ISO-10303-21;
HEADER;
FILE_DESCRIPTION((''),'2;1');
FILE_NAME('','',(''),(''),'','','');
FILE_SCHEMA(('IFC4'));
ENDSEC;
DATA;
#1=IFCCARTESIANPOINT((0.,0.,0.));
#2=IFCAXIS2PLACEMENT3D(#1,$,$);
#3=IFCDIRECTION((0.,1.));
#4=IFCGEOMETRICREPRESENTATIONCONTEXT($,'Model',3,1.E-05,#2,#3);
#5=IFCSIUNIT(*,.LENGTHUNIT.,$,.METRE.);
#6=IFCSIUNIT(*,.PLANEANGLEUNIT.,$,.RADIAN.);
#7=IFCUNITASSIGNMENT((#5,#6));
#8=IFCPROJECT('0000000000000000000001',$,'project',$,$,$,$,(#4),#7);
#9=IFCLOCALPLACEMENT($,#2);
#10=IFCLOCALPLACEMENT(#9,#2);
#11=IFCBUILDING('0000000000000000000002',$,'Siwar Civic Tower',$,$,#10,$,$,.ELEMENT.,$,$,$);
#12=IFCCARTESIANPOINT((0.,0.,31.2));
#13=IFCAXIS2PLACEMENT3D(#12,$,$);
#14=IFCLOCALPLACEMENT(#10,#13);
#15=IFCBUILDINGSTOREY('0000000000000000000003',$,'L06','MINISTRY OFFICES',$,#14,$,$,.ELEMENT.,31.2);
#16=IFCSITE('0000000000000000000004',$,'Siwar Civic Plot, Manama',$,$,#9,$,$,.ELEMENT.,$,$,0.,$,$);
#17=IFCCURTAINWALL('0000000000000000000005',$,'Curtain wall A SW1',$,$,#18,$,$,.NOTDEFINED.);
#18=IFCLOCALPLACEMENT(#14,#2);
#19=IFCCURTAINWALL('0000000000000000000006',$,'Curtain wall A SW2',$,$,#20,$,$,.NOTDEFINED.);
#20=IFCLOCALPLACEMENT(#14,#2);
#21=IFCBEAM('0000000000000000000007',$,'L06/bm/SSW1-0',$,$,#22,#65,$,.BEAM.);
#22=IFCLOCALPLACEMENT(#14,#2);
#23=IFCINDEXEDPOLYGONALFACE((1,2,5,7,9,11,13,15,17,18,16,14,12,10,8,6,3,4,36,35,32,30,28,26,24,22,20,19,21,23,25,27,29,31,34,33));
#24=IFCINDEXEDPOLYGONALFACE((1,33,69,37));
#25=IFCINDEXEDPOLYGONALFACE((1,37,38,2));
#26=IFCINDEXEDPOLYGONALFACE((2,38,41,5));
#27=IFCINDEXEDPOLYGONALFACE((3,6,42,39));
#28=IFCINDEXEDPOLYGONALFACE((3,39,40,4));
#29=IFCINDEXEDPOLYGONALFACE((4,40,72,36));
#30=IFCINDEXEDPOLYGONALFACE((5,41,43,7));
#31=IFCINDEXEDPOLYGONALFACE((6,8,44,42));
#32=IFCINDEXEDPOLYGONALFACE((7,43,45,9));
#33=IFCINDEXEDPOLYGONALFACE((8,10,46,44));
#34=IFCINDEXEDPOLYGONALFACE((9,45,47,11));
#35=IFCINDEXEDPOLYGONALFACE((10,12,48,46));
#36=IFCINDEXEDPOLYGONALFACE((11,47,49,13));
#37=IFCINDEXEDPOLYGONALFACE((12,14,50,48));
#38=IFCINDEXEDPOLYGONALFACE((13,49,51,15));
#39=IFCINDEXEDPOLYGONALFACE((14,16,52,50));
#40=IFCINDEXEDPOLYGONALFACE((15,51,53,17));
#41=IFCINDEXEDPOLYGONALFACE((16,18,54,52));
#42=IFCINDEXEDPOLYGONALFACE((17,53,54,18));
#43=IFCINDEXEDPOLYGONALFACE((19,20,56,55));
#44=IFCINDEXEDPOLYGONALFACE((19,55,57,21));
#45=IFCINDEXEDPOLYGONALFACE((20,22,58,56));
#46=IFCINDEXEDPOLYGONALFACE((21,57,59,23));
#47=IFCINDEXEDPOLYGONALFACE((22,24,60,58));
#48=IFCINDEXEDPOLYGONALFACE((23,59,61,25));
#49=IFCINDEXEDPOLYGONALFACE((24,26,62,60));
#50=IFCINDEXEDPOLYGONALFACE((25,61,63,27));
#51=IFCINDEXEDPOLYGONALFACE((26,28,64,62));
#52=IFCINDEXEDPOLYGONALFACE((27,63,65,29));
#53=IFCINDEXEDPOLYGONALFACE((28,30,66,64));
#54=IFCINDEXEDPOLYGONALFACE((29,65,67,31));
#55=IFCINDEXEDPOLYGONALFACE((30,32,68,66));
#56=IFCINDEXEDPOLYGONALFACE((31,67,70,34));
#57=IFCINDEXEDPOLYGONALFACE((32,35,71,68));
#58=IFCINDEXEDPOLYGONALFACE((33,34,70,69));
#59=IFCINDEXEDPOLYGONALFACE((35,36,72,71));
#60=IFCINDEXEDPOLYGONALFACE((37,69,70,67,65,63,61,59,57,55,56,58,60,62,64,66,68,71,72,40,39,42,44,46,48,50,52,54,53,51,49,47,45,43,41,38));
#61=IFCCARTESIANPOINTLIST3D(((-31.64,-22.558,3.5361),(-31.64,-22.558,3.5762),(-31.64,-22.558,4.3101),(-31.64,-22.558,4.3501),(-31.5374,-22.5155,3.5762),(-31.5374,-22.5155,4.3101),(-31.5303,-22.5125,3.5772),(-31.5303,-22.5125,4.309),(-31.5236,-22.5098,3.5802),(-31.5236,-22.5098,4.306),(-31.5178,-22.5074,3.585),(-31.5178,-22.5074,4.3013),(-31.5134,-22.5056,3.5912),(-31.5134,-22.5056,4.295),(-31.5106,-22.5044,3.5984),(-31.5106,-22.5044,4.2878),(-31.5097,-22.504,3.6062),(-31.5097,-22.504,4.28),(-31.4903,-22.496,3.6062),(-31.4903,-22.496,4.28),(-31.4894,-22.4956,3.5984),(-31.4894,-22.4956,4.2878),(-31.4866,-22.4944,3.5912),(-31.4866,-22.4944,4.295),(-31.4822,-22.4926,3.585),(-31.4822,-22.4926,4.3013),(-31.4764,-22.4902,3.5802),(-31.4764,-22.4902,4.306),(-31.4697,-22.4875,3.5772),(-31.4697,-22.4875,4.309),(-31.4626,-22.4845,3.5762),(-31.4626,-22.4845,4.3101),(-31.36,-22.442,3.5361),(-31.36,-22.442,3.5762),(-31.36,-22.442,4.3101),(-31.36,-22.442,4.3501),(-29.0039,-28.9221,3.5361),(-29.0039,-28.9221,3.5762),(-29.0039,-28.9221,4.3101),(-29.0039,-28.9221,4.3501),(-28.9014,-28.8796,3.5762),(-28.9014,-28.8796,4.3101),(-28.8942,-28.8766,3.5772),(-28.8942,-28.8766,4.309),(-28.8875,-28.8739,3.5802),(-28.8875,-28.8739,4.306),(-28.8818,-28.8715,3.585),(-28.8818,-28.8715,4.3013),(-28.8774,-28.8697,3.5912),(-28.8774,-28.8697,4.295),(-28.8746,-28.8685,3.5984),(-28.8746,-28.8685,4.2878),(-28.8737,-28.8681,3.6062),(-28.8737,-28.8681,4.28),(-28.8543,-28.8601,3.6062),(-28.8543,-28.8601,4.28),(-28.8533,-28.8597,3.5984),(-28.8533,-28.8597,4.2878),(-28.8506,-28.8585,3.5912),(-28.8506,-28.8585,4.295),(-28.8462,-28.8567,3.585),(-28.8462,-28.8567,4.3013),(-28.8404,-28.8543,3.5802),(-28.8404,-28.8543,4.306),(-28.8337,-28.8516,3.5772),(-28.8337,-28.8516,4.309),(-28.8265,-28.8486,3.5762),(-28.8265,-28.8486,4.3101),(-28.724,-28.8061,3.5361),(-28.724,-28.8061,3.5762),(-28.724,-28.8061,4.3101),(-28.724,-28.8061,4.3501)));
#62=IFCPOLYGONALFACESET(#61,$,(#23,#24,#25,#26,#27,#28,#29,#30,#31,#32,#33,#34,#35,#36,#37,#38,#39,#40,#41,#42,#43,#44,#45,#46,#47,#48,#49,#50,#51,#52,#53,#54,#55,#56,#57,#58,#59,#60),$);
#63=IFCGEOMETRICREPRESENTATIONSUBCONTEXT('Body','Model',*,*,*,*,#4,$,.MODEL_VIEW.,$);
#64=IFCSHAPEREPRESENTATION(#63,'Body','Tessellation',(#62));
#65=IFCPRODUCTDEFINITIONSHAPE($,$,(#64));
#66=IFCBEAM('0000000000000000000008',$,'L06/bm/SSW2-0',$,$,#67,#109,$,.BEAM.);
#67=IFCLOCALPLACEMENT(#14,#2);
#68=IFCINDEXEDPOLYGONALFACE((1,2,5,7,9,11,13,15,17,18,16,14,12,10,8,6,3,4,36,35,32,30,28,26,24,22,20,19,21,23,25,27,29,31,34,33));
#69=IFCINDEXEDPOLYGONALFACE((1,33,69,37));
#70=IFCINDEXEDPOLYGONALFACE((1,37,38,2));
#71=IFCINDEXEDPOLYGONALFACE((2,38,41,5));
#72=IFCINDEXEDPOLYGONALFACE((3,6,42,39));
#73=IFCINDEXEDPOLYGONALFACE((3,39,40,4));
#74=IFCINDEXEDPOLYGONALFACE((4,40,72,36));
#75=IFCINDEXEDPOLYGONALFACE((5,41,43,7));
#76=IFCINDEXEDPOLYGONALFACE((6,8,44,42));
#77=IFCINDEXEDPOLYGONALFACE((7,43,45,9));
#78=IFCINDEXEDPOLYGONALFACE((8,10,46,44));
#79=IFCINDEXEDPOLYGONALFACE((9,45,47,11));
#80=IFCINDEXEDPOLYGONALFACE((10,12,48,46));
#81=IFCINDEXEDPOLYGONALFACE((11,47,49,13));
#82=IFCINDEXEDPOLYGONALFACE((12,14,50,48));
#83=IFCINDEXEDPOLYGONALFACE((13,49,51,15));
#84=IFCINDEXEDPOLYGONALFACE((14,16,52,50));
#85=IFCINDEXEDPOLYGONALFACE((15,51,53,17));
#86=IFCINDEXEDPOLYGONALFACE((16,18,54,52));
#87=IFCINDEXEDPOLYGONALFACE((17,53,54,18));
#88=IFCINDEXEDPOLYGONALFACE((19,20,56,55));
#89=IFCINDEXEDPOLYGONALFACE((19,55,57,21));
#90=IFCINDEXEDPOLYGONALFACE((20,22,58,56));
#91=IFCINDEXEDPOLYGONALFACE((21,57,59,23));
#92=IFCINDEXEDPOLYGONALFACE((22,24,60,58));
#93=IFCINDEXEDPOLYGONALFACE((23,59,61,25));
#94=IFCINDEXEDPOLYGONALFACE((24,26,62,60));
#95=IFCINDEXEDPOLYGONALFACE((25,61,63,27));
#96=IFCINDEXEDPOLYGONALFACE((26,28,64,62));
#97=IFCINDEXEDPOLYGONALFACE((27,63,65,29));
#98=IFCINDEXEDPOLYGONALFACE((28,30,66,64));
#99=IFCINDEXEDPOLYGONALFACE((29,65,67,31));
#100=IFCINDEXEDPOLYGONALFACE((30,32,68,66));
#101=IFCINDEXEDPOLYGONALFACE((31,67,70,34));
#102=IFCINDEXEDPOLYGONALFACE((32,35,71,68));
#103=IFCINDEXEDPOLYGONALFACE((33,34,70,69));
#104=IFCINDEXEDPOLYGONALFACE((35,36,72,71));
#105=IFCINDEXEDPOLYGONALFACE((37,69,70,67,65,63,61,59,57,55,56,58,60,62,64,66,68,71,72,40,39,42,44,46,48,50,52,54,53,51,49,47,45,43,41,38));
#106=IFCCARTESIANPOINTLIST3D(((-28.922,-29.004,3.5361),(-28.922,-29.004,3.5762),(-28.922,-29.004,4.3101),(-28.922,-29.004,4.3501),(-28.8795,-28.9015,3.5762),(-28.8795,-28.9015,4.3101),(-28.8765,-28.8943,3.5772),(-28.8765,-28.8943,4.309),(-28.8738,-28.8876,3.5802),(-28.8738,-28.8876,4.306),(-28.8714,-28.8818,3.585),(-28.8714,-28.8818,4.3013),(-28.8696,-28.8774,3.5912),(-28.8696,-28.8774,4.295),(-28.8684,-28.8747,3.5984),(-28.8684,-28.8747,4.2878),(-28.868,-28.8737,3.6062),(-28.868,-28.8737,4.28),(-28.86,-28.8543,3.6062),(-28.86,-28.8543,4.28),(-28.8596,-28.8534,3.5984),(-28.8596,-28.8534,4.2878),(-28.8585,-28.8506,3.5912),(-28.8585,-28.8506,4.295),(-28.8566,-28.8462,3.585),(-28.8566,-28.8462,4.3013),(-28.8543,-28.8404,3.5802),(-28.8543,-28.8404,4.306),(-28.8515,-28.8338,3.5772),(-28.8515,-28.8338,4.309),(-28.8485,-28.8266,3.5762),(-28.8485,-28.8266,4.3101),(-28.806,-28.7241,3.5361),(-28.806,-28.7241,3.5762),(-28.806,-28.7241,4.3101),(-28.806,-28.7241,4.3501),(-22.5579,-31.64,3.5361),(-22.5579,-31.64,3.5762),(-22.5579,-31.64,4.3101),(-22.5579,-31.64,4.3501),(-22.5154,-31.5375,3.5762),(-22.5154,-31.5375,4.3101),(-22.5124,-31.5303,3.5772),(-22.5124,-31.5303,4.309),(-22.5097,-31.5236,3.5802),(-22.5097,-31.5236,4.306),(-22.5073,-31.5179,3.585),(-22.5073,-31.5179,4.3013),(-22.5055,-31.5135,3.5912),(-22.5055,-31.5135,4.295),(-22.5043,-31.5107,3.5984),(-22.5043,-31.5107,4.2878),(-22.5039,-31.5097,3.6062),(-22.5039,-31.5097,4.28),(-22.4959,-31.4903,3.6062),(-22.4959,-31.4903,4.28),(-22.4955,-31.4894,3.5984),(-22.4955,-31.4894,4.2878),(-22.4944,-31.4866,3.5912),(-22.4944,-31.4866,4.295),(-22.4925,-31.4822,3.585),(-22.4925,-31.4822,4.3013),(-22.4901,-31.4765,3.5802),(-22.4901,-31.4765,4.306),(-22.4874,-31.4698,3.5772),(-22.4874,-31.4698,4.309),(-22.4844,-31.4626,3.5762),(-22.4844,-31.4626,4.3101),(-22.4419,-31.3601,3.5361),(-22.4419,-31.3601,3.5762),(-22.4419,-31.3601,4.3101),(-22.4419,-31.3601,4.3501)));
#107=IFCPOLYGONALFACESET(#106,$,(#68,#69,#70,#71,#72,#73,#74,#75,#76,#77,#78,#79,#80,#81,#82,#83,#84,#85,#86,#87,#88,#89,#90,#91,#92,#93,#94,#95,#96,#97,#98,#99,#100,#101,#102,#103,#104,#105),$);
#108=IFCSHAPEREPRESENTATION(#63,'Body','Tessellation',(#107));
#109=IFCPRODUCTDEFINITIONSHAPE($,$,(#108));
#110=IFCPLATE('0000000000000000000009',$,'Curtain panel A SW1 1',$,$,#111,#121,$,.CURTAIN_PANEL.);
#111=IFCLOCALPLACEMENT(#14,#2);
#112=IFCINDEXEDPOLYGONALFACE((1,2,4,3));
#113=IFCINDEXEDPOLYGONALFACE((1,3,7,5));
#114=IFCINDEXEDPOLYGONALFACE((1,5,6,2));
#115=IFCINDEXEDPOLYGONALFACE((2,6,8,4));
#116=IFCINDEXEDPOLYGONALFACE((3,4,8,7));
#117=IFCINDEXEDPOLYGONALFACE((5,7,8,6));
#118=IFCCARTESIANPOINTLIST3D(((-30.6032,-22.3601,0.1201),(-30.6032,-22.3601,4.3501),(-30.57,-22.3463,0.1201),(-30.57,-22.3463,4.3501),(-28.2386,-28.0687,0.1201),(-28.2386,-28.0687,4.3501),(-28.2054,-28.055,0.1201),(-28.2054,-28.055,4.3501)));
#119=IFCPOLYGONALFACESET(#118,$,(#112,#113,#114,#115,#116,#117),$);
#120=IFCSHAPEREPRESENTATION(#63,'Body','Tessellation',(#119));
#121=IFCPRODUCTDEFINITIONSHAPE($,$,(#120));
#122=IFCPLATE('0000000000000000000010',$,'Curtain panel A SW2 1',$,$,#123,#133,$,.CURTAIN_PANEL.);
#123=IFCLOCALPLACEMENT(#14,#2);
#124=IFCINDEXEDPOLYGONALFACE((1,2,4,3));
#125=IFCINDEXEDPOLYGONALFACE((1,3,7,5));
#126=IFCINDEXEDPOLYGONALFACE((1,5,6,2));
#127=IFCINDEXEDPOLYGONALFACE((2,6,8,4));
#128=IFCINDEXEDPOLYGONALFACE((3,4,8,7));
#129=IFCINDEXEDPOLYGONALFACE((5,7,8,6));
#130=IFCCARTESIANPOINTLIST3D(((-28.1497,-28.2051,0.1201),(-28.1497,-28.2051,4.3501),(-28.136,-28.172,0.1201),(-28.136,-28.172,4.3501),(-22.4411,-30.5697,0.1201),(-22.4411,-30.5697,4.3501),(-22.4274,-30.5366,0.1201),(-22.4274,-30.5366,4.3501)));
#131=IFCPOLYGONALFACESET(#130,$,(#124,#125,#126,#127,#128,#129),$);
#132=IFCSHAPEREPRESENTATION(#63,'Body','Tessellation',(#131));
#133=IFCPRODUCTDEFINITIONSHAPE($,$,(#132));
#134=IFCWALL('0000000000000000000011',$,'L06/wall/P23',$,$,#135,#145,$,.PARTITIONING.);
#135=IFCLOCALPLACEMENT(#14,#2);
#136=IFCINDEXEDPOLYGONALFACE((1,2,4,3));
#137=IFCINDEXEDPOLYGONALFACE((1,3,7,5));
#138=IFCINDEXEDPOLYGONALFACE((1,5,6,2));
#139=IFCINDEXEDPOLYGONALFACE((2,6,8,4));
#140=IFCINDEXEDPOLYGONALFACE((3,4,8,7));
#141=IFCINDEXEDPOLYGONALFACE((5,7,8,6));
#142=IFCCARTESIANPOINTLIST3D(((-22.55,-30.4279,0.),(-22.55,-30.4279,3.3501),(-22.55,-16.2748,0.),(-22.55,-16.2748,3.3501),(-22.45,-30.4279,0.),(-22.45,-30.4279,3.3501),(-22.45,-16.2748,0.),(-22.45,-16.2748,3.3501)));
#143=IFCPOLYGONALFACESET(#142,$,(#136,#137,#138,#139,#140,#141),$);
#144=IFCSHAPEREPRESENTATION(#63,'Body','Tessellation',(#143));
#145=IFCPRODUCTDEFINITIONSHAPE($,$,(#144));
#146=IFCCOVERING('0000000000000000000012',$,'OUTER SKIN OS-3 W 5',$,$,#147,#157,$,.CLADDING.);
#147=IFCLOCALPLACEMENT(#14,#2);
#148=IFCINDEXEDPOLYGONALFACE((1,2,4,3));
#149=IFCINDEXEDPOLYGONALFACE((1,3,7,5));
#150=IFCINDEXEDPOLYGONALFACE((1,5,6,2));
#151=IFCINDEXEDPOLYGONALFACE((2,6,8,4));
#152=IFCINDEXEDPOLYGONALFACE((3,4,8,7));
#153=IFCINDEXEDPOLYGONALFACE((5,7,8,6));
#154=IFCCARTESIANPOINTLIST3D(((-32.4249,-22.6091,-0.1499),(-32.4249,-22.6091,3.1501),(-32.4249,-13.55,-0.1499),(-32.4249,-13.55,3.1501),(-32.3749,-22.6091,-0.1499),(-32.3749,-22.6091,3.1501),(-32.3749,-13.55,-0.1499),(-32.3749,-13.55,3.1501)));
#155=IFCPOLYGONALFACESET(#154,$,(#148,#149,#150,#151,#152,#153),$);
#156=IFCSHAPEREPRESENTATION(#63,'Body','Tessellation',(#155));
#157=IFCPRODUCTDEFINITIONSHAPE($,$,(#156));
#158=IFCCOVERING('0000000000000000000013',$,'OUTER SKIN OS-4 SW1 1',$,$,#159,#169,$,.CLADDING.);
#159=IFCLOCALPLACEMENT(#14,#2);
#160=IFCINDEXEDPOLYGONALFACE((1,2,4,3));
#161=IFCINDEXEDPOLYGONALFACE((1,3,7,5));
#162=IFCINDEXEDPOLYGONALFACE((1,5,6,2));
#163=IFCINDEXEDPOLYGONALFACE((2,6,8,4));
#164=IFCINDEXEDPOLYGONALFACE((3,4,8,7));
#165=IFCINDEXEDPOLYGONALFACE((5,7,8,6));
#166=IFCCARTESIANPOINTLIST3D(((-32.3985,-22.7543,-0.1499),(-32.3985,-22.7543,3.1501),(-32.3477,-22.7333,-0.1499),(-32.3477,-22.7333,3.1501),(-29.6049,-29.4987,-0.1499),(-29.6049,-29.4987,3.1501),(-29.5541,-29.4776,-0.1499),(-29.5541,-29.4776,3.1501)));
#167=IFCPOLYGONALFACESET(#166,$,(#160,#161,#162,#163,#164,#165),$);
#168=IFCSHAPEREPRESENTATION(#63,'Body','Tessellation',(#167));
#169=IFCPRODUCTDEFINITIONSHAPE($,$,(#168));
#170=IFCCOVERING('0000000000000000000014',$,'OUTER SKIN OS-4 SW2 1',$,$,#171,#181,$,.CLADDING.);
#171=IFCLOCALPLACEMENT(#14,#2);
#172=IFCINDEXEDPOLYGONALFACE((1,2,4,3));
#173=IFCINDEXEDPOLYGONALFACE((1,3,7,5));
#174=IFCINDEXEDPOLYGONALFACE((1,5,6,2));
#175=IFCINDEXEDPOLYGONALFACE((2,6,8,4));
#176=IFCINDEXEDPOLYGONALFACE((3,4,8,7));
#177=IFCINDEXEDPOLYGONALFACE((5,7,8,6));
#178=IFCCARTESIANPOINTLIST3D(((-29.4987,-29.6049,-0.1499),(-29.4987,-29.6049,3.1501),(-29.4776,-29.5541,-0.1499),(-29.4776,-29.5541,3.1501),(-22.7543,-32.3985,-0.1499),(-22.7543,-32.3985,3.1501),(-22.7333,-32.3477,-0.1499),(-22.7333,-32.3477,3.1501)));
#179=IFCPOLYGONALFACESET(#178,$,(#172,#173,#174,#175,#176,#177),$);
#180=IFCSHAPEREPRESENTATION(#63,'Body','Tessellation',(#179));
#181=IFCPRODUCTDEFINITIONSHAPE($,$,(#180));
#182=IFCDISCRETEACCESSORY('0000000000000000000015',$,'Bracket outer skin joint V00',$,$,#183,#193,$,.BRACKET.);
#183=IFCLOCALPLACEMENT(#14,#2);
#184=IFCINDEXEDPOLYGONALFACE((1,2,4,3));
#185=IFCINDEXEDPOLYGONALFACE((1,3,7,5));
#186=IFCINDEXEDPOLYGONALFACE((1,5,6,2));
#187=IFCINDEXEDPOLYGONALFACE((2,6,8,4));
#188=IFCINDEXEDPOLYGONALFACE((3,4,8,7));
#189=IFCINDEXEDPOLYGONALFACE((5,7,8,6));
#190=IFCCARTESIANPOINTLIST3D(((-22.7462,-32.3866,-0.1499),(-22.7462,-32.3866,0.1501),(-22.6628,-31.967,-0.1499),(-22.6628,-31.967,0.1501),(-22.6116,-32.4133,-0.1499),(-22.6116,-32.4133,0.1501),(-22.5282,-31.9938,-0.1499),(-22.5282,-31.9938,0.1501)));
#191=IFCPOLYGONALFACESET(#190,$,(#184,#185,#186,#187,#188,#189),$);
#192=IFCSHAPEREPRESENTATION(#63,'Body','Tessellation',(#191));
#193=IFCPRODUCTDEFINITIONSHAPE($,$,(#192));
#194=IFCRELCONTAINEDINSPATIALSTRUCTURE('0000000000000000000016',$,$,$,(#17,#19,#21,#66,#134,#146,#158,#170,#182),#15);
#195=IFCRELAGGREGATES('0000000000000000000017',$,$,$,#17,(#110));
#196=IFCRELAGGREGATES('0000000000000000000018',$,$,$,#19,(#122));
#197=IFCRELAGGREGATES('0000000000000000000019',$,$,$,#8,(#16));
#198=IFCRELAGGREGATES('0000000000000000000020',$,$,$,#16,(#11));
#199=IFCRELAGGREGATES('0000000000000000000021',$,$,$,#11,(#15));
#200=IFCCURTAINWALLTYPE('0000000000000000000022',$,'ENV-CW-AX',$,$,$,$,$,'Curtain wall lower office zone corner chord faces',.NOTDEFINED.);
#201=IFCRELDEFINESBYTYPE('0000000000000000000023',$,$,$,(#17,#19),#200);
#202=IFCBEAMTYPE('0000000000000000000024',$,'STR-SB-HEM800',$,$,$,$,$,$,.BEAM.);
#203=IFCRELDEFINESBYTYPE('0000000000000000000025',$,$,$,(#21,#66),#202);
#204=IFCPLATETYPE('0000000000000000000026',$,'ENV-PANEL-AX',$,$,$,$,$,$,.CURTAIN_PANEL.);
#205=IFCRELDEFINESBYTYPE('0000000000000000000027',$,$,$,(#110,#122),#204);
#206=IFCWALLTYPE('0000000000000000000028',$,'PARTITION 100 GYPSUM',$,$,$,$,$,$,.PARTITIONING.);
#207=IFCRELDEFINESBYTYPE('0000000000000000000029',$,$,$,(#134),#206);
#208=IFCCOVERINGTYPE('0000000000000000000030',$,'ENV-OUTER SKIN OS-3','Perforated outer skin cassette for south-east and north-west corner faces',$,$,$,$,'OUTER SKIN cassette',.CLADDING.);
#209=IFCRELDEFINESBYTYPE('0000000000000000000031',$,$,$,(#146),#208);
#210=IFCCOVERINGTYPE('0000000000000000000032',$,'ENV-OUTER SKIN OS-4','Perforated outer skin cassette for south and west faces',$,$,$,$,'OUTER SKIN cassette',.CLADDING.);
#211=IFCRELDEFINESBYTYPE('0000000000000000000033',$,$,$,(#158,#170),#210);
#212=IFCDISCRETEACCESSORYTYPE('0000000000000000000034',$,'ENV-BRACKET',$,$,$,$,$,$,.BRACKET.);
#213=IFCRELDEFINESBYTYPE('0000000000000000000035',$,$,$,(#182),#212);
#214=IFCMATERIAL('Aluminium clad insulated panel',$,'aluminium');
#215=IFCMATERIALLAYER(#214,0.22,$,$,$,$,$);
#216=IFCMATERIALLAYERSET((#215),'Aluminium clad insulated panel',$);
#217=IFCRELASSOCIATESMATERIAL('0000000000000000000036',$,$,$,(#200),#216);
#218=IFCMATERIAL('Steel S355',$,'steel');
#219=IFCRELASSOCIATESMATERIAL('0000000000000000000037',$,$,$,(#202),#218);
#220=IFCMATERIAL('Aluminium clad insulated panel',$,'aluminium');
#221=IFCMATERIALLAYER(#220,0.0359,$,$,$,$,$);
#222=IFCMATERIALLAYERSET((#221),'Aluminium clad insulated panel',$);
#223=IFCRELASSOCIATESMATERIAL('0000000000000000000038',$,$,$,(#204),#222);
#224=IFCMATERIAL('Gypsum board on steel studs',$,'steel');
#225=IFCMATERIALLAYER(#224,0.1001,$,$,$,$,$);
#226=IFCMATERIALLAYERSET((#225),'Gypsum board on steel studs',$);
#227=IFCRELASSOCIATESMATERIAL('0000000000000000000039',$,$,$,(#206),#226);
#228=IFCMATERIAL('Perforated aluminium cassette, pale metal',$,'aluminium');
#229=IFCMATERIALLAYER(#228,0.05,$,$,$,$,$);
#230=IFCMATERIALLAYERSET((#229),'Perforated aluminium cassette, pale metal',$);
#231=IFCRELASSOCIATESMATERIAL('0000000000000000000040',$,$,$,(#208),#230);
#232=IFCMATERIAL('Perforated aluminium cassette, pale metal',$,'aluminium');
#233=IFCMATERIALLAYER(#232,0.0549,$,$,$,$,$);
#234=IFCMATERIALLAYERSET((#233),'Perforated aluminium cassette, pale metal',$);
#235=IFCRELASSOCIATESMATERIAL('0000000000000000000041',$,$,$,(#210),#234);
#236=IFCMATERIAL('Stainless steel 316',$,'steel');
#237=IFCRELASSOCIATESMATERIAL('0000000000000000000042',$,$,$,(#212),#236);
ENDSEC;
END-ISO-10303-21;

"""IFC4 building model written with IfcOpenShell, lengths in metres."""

from ifc_helpers import new_model, si_unit, direction, frame, frame_2d, origin, origin_2d, place, context, subcontext, project, spatial, rectangle, i_section, extrude, material, layer, layer_set, material_profile, profile_set, type_object, element, aggregate, save


model = new_model("IFC4")

# Units and contexts
model_context = context("Model", 3, precision=1e-05, world=origin(), true_north=direction((0.0, 1.0)))
body_context = subcontext(model_context, "Body", "Model", "MODEL_VIEW")
ifc_project = project(units=[si_unit("LENGTHUNIT", "METRE"), si_unit("PLANEANGLEUNIT", "RADIAN")], contexts=[model_context])

# Site, building, storey
site_placement = place(None, origin())
site = spatial("IfcSite", under=ifc_project, at=site_placement, Name="Siwar Civic Plot, Manama", CompositionType="ELEMENT", RefElevation=0.0)
building_placement = place(site_placement, origin())
building = spatial("IfcBuilding", under=site, at=building_placement, Name="Siwar Civic Tower", CompositionType="ELEMENT")
storey_placement = place(building_placement, frame((0.0, 0.0, 31.2)))
storey = spatial("IfcBuildingStorey", under=building, at=storey_placement, Name="L06", Description="MINISTRY OFFICES", CompositionType="ELEMENT", Elevation=31.2)

# Curtain walls
ifc_material_1 = material(Name="Aluminium clad insulated panel", Category="aluminium")
ifc_layer_1 = layer(ifc_material_1, 0.22)
ifc_layer_set_1 = layer_set([ifc_layer_1], Name="Aluminium clad insulated panel")
curtain_wall_type = type_object("IfcCurtainWallType", Name="ENV-CW-AX", ElementType="Curtain wall lower office zone corner chord faces", PredefinedType="NOTDEFINED", material=ifc_layer_set_1)
curtain_wall_1_placement = place(storey_placement, origin())
curtain_wall_1 = element("IfcCurtainWall", 1, at=curtain_wall_1_placement, inside=storey, type_object=curtain_wall_type, Name="Curtain wall A SW1", PredefinedType="NOTDEFINED")
curtain_wall_2_placement = place(storey_placement, origin())
curtain_wall_2 = element("IfcCurtainWall", 2, at=curtain_wall_2_placement, inside=storey, type_object=curtain_wall_type, Name="Curtain wall A SW2", PredefinedType="NOTDEFINED")

# Beams
ifc_material_2 = material(Name="Steel S355", Category="steel")
ifc_material_profile_1 = material_profile(ifc_material_2, i_section(OverallWidth=0.303, OverallDepth=0.814, WebThickness=0.021, FlangeThickness=0.04, FilletRadius=0.03, at=origin_2d()), Name="HEM800")
ifc_profile_set_1 = profile_set([ifc_material_profile_1], Name="Steel S355")
beam_type_1 = type_object("IfcBeamType", Name="STR-SB-HEM800", PredefinedType="BEAM", material=ifc_profile_set_1)
for number, where, z_axis, x_axis, name in (
    (3, (-31.5, -22.5, 3.9431), (0.382674, -0.923883, 0.0), (0.923883, 0.382674, 0.0), "L06/bm/SSW1-0"),
    (4, (-28.864, -28.864, 3.9431), (0.923883, -0.382674, 0.0), (0.382674, 0.923883, 0.0), "L06/bm/SSW2-0"),
):
    element("IfcBeam", number, at=place(storey_placement, frame(where, z_axis=z_axis, x_axis=x_axis)), inside=storey, type_object=beam_type_1, Name=name, PredefinedType="BEAM", context=body_context, shape_type="SweptSolid", body=[
        extrude(i_section(OverallWidth=0.303, OverallDepth=0.814, WebThickness=0.021, FlangeThickness=0.04, FilletRadius=0.03, at=origin_2d()), origin(), (0.0, 0.0, 1.0), 6.8884),
    ])

# Plates
ifc_material_3 = material(Name="Aluminium clad insulated panel", Category="aluminium")
ifc_layer_2 = layer(ifc_material_3, 0.0359)
ifc_layer_set_2 = layer_set([ifc_layer_2], Name="Aluminium clad insulated panel")
plate_type = type_object("IfcPlateType", Name="ENV-PANEL-AX", PredefinedType="CURTAIN_PANEL", material=ifc_layer_set_2)
plate_1_placement = place(storey_placement, frame((-29.4043, -25.2075, 0.1201), z_axis=(0.0, 0.0, 1.0), x_axis=(0.382683, -0.92388, 0.0)))
plate_1 = element("IfcPlate", 5, at=plate_1_placement, type_object=plate_type, Name="Curtain panel A SW1 1", PredefinedType="CURTAIN_PANEL", context=body_context, shape_type="SweptSolid", body=[
    extrude(rectangle(XDim=6.179, YDim=0.0359, at=origin_2d()), origin(), (0.0, 0.0, 1.0), 4.23),
])
aggregate(curtain_wall_1, [plate_1])
plate_2_placement = place(storey_placement, frame((-25.2886, -29.3708, 0.1201), z_axis=(0.0, 0.0, 1.0), x_axis=(0.92388, -0.382683, 0.0)))
plate_2 = element("IfcPlate", 6, at=plate_2_placement, type_object=plate_type, Name="Curtain panel A SW2 1", PredefinedType="CURTAIN_PANEL", context=body_context, shape_type="SweptSolid", body=[
    extrude(rectangle(XDim=6.179, YDim=0.0359, at=origin_2d()), origin(), (0.0, 0.0, 1.0), 4.23),
])
aggregate(curtain_wall_2, [plate_2])

# Wall
ifc_material_4 = material(Name="Gypsum board on steel studs", Category="steel")
ifc_layer_3 = layer(ifc_material_4, 0.1001)
ifc_layer_set_3 = layer_set([ifc_layer_3], Name="Gypsum board on steel studs")
wall_type = type_object("IfcWallType", Name="PARTITION 100 GYPSUM", PredefinedType="PARTITIONING", material=ifc_layer_set_3)
wall_placement = place(storey_placement, frame((-22.5, -30.428, 0.0), z_axis=(0.0, 0.0, 1.0), x_axis=(0.0, 1.0, 0.0)))
element("IfcWall", 7, at=wall_placement, inside=storey, type_object=wall_type, Name="L06/wall/P23", PredefinedType="PARTITIONING", context=body_context, shape_type="SweptSolid", body=[
    extrude(rectangle(XDim=14.1531, YDim=0.1001, at=frame_2d((7.0767, 0.0))), origin(), (0.0, 0.0, 1.0), 3.3501),
])

# Coverings
ifc_material_5 = material(Name="Perforated aluminium cassette, pale metal", Category="aluminium")
ifc_layer_4 = layer(ifc_material_5, 0.05)
ifc_layer_set_4 = layer_set([ifc_layer_4], Name="Perforated aluminium cassette, pale metal")
covering_type_1 = type_object("IfcCoveringType", Name="ENV-OUTER SKIN OS-3", Description="Perforated outer skin cassette for south-east and north-west corner faces", ElementType="OUTER SKIN cassette", PredefinedType="CLADDING", material=ifc_layer_set_4)
covering_placement = place(storey_placement, frame((-32.3999, -18.0796, -0.1499), z_axis=(0.0, 0.0, 1.0), x_axis=(0.0, -1.0, 0.0)))
element("IfcCovering", 8, at=covering_placement, inside=storey, type_object=covering_type_1, Name="OUTER SKIN OS-3 W 5", PredefinedType="CLADDING", context=body_context, shape_type="SweptSolid", body=[
    extrude(rectangle(XDim=9.0591, YDim=0.05, at=origin_2d()), origin(), (0.0, 0.0, 1.0), 3.3),
])
ifc_material_6 = material(Name="Perforated aluminium cassette, pale metal", Category="aluminium")
ifc_layer_5 = layer(ifc_material_6, 0.0549)
ifc_layer_set_5 = layer_set([ifc_layer_5], Name="Perforated aluminium cassette, pale metal")
covering_type_2 = type_object("IfcCoveringType", Name="ENV-OUTER SKIN OS-4", Description="Perforated outer skin cassette for south and west faces", ElementType="OUTER SKIN cassette", PredefinedType="CLADDING", material=ifc_layer_set_5)
for number, where, z_axis, x_axis, name in (
    (9, (-30.9763, -26.116, -0.1499), (0.0, 0.0, 1.0), (0.382683, -0.92388, 0.0), "OUTER SKIN OS-4 SW1 1"),
    (10, (-26.116, -30.9763, -0.1499), (0.0, 0.0, 1.0), (0.92388, -0.382683, 0.0), "OUTER SKIN OS-4 SW2 1"),
):
    element("IfcCovering", number, at=place(storey_placement, frame(where, z_axis=z_axis, x_axis=x_axis)), inside=storey, type_object=covering_type_2, Name=name, PredefinedType="CLADDING", context=body_context, shape_type="SweptSolid", body=[
        extrude(rectangle(XDim=7.3, YDim=0.0549, at=origin_2d()), origin(), (0.0, 0.0, 1.0), 3.3),
    ])

# Discrete accessory
ifc_material_7 = material(Name="Stainless steel 316", Category="steel")
discrete_accessory_type = type_object("IfcDiscreteAccessoryType", Name="ENV-BRACKET", PredefinedType="BRACKET", material=ifc_material_7)
for number, where, z_axis, x_axis, name in (
    (11, (-22.6372, -32.1902, -0.1499), (0.0, 0.0, 1.0), (-0.19509, -0.980785, 0.0), "Bracket outer skin joint V00"),
):
    element("IfcDiscreteAccessory", number, at=place(storey_placement, frame(where, z_axis=z_axis, x_axis=x_axis)), inside=storey, type_object=discrete_accessory_type, Name=name, PredefinedType="BRACKET", context=body_context, shape_type="SweptSolid", body=[
        extrude(rectangle(XDim=0.4277, YDim=0.1372, at=origin_2d()), origin(), (0.0, 0.0, 1.0), 0.3),
    ])

save(model, "model.ifc")
